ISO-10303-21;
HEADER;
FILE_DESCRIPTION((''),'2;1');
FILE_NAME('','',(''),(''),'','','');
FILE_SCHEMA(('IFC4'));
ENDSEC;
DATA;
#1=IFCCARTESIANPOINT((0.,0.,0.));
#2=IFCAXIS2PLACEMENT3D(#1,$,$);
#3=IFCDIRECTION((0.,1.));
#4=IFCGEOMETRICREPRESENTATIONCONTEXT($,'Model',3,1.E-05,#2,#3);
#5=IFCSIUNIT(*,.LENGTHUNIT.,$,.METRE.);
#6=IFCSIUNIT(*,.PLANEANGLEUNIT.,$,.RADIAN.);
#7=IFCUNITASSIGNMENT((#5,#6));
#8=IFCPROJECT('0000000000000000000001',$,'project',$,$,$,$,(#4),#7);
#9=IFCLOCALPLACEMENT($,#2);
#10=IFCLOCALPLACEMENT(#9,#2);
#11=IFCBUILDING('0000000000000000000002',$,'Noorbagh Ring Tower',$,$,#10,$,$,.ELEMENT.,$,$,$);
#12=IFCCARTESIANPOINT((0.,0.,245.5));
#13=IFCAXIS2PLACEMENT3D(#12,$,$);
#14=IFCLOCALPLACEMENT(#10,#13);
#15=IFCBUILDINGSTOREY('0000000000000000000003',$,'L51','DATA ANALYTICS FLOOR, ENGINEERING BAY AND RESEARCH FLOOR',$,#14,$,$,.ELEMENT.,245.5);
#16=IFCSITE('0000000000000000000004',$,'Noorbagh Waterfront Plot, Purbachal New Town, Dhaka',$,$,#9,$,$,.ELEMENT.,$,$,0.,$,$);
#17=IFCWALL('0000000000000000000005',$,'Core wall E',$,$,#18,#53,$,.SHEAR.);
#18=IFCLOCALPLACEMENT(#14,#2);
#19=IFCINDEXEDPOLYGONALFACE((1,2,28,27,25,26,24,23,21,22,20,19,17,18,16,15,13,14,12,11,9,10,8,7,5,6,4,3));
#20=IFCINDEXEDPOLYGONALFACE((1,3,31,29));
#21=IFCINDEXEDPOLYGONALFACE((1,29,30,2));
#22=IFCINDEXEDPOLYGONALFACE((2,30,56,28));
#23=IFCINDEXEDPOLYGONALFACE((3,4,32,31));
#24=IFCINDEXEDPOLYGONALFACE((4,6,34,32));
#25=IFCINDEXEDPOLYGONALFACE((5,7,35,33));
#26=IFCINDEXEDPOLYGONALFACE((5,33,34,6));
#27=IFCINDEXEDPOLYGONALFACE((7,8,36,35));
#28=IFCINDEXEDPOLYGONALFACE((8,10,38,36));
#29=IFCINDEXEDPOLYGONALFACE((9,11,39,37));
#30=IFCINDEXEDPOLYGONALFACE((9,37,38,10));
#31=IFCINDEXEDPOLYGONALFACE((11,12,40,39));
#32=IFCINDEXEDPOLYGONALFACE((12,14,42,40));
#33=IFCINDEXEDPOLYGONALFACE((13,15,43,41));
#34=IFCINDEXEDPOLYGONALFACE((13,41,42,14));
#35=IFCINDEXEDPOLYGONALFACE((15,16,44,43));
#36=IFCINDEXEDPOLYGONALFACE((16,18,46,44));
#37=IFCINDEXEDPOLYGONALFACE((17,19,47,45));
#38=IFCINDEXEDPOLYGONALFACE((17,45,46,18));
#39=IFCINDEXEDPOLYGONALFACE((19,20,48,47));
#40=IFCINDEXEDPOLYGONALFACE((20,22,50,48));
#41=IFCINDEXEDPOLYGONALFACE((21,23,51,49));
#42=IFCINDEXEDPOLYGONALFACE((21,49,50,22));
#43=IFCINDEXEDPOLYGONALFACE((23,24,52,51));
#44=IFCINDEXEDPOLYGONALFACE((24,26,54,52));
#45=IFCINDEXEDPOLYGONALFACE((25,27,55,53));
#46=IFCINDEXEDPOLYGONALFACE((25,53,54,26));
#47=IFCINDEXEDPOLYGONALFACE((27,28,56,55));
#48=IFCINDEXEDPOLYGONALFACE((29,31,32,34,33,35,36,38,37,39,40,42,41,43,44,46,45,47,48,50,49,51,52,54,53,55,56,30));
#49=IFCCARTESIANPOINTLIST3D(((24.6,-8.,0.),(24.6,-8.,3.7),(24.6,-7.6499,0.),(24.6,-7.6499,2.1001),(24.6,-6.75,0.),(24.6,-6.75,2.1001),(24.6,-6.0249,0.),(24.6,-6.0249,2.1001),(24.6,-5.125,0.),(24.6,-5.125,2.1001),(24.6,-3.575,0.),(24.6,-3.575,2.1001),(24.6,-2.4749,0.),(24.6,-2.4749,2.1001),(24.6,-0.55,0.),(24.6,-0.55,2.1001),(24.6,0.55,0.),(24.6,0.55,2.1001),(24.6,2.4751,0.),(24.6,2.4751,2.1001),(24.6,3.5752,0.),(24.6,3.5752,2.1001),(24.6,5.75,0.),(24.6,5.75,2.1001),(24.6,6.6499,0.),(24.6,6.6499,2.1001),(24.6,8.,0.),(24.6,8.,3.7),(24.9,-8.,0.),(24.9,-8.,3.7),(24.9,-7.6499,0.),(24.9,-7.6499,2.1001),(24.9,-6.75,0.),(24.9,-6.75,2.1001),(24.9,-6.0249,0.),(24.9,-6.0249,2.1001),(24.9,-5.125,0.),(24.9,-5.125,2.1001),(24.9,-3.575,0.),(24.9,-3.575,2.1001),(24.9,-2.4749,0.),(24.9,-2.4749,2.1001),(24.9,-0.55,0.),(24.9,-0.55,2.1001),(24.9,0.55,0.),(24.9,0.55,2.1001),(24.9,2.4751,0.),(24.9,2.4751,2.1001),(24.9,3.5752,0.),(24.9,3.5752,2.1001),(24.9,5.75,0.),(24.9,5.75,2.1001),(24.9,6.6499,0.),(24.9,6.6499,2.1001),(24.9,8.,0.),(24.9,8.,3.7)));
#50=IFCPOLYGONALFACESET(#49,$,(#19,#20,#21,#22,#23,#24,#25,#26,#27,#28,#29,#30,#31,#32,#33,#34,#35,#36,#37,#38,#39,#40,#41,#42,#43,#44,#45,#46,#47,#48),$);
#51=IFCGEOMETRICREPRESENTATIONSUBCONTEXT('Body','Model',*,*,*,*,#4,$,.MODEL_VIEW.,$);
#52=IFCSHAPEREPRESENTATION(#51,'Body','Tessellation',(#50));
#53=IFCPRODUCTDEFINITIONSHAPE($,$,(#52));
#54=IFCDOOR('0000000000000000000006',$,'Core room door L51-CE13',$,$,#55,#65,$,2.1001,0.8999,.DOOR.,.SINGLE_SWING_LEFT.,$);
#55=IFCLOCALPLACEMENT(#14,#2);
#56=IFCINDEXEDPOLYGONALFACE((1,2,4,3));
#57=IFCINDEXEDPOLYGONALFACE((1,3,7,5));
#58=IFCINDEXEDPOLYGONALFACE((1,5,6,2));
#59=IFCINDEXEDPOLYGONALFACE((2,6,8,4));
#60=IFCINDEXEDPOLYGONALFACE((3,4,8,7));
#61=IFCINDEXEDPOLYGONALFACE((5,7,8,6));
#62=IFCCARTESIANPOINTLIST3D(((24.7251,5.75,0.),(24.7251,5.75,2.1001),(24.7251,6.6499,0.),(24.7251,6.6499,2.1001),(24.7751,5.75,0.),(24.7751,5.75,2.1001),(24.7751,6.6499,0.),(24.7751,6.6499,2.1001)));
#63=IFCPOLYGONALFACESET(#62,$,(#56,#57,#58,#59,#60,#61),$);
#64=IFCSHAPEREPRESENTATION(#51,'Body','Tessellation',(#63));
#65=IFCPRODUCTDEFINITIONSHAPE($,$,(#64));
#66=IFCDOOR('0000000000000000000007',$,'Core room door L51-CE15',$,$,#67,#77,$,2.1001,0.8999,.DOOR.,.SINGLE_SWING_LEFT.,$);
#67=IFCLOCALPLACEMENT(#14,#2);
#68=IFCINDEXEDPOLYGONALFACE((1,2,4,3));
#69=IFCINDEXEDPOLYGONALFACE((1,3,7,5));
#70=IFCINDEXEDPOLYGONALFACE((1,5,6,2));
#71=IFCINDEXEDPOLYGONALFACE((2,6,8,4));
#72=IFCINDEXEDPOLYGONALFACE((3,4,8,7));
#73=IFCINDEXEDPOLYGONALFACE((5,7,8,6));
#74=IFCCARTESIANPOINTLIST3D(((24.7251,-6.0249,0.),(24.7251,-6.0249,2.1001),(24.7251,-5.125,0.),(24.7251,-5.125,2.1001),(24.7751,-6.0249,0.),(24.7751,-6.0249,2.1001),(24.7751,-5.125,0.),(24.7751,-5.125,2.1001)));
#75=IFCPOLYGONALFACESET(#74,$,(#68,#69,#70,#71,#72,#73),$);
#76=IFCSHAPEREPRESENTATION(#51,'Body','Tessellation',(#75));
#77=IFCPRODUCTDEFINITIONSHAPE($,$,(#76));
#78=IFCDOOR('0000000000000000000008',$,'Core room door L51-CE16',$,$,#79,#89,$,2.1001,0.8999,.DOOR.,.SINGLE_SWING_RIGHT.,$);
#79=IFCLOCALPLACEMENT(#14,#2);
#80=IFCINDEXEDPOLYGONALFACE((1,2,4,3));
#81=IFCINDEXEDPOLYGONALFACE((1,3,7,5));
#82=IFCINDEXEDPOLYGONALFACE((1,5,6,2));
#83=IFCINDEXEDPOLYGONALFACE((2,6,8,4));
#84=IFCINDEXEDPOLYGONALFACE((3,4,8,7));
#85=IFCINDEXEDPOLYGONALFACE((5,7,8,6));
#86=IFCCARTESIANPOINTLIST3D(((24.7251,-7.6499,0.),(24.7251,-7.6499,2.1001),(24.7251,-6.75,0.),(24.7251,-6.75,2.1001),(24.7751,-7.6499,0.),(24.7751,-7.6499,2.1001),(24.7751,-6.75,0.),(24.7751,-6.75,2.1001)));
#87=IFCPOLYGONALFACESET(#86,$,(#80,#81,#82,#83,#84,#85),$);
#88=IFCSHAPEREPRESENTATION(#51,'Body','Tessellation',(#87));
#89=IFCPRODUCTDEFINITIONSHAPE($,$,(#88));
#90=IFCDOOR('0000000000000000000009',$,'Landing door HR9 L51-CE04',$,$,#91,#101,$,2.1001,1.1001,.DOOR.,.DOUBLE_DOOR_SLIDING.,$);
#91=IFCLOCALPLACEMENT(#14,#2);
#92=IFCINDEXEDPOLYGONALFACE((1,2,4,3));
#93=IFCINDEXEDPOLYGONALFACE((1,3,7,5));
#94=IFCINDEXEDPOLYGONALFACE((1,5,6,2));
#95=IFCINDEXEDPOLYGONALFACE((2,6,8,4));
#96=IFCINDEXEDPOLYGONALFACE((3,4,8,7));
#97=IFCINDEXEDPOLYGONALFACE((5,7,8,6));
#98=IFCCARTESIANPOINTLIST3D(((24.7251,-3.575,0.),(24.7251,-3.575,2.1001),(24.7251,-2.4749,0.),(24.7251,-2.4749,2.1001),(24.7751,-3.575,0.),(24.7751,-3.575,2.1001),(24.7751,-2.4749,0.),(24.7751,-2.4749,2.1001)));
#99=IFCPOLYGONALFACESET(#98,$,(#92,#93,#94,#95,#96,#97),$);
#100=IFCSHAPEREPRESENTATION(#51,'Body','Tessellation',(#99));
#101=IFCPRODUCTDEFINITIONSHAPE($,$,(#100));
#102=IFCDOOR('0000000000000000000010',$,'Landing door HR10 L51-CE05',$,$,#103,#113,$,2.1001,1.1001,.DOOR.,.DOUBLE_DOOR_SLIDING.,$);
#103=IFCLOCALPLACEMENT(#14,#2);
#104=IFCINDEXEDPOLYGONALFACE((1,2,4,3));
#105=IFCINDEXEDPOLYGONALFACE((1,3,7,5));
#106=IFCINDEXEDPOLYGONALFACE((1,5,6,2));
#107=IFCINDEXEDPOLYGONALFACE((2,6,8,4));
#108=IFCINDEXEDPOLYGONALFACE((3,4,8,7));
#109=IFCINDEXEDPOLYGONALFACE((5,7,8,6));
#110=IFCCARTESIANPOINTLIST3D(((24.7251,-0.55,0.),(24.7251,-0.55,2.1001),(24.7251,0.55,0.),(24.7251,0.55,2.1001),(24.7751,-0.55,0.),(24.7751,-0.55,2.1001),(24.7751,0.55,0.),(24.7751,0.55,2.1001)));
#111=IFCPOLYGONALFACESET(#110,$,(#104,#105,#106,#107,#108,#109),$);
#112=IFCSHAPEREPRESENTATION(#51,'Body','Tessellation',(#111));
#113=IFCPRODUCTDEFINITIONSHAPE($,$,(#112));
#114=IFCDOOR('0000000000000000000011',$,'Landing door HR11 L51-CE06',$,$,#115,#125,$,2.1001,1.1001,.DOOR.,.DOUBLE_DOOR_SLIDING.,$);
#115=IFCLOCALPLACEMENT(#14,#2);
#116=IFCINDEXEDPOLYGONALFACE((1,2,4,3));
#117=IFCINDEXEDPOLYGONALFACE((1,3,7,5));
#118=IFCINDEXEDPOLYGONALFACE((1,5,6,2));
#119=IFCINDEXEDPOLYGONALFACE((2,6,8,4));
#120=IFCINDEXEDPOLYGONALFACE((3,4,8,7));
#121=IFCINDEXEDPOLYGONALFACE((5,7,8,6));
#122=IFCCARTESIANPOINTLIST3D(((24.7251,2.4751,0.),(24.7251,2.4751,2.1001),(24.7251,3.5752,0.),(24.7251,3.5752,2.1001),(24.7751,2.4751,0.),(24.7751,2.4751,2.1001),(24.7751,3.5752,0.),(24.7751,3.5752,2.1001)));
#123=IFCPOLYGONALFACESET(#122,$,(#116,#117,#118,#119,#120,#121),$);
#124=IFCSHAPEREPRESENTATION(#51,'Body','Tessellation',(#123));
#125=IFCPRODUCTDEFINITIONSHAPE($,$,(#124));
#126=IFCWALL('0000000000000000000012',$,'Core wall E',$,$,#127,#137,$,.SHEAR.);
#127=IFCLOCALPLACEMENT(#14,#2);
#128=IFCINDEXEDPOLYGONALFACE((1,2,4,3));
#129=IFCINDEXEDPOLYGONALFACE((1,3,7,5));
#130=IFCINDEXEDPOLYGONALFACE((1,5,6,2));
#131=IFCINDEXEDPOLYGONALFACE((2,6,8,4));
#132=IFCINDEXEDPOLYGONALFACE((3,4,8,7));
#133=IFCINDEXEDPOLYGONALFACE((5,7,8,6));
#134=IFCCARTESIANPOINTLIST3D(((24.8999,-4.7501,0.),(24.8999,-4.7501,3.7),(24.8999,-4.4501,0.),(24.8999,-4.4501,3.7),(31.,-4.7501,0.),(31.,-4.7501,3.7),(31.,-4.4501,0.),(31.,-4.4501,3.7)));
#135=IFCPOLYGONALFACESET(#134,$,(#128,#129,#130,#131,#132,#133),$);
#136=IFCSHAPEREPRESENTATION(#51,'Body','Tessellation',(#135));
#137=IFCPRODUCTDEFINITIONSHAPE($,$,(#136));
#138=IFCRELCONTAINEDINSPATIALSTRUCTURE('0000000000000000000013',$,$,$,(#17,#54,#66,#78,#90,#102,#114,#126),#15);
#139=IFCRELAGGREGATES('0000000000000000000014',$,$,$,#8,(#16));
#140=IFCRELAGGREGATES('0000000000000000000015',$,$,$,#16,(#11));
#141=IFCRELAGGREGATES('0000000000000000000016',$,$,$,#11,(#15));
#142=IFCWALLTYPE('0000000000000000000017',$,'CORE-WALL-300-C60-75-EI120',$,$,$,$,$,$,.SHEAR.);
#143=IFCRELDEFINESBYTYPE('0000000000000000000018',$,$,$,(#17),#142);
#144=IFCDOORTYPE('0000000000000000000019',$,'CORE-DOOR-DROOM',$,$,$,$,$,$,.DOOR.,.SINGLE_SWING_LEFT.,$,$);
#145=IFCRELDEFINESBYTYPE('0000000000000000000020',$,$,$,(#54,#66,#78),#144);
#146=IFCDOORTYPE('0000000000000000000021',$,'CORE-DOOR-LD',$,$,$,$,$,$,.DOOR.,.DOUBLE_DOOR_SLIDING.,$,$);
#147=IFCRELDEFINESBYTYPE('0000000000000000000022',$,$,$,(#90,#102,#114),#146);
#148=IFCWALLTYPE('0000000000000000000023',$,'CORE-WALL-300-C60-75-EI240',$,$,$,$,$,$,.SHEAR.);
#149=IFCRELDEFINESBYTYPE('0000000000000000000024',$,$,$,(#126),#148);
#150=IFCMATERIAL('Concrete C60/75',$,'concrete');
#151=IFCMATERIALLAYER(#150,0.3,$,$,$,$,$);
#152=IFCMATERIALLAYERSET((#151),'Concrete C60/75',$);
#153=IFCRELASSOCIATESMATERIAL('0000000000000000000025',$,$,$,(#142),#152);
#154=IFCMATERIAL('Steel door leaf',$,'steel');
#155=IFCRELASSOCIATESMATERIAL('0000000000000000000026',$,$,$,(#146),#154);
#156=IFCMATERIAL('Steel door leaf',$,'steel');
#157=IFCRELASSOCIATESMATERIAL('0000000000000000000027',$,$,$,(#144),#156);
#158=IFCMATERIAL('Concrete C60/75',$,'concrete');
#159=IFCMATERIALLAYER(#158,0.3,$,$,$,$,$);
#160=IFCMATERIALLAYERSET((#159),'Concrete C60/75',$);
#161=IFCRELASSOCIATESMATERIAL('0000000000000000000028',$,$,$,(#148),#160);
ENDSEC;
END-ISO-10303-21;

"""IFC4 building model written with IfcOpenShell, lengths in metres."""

from ifc_helpers import new_model, si_unit, direction, frame, frame_2d, origin, place, context, subcontext, project, spatial, rectangle, extrude, material, layer, layer_set, type_object, element, fill, save


model = new_model("IFC4")

# Units and contexts
model_context = context("Model", 3, precision=1e-05, world=origin(), true_north=direction((0.0, 1.0)))
body_context = subcontext(model_context, "Body", "Model", "MODEL_VIEW")
ifc_project = project(units=[si_unit("LENGTHUNIT", "METRE"), si_unit("PLANEANGLEUNIT", "RADIAN")], contexts=[model_context])

# Site, building, storey
site_placement = place(None, origin())
site = spatial("IfcSite", under=ifc_project, at=site_placement, Name="Noorbagh Waterfront Plot, Purbachal New Town, Dhaka", CompositionType="ELEMENT", RefElevation=0.0)
building_placement = place(site_placement, origin())
building = spatial("IfcBuilding", under=site, at=building_placement, Name="Noorbagh Ring Tower", CompositionType="ELEMENT")
storey_placement = place(building_placement, frame((0.0, 0.0, 245.5)))
storey = spatial("IfcBuildingStorey", under=building, at=storey_placement, Name="L51", Description="DATA ANALYTICS FLOOR, ENGINEERING BAY AND RESEARCH FLOOR", CompositionType="ELEMENT", Elevation=245.5)

# Shared definitions
ifc_material_1 = material(Name="Concrete C60/75", Category="concrete")
ifc_layer_1 = layer(ifc_material_1, 0.3)
ifc_layer_set_1 = layer_set([ifc_layer_1], Name="Concrete C60/75")
wall_type_1 = type_object("IfcWallType", Name="CORE-WALL-300-C60-75-EI120", PredefinedType="SHEAR", material=ifc_layer_set_1)

# Wall, openings, doors
ifc_material_2 = material(Name="Steel door leaf", Category="steel")
door_type_1 = type_object("IfcDoorType", Name="CORE-DOOR-LD", OperationType="DOUBLE_DOOR_SLIDING", PredefinedType="DOOR", material=ifc_material_2)
wall_1_placement = place(storey_placement, frame((24.75, -8.0, 0.0), z_axis=(0.0, 0.0, 1.0), x_axis=(0.0, 1.0, 0.0)))
wall_1 = element("IfcWall", 1, at=wall_1_placement, inside=storey, type_object=wall_type_1, Name="Core wall E", PredefinedType="SHEAR", context=body_context, shape_type="SweptSolid", body=[
    extrude(rectangle(XDim=16.0, YDim=0.3, at=frame_2d((8.0, 0.0))), origin(), (0.0, 0.0, 1.0), 3.7),
])
opening_1_placement = place(wall_1_placement, frame((4.425, 0.0, 0.0)))
opening_1 = element("IfcOpeningElement", 2, at=opening_1_placement, cuts=wall_1, PredefinedType="OPENING", context=body_context, shape_type="SweptSolid", body=[
    extrude(rectangle(XDim=1.1001, YDim=2.1001, at=frame_2d((0.55, 1.05))), frame((0.0, 0.1602, 0.0), z_axis=(0.0, -1.0, 0.0), x_axis=(1.0, 0.0, 0.0)), (0.0, 0.0, 1.0), 0.3201),
])
opening_2_placement = place(wall_1_placement, frame((7.45, 0.0, 0.0)))
opening_2 = element("IfcOpeningElement", 3, at=opening_2_placement, cuts=wall_1, PredefinedType="OPENING", context=body_context, shape_type="SweptSolid", body=[
    extrude(rectangle(XDim=1.1001, YDim=2.1001, at=frame_2d((0.55, 1.05))), frame((0.0, 0.1602, 0.0), z_axis=(0.0, -1.0, 0.0), x_axis=(1.0, 0.0, 0.0)), (0.0, 0.0, 1.0), 0.3201),
])
opening_3_placement = place(wall_1_placement, frame((10.4751, 0.0, 0.0)))
opening_3 = element("IfcOpeningElement", 4, at=opening_3_placement, cuts=wall_1, PredefinedType="OPENING", context=body_context, shape_type="SweptSolid", body=[
    extrude(rectangle(XDim=1.1001, YDim=2.1001, at=frame_2d((0.55, 1.05))), frame((0.0, 0.1602, 0.0), z_axis=(0.0, -1.0, 0.0), x_axis=(1.0, 0.0, 0.0)), (0.0, 0.0, 1.0), 0.3201),
])
opening_4_placement = place(wall_1_placement, frame((13.75, 0.0, 0.0)))
opening_4 = element("IfcOpeningElement", 5, at=opening_4_placement, cuts=wall_1, PredefinedType="OPENING", context=body_context, shape_type="SweptSolid", body=[
    extrude(rectangle(XDim=0.8999, YDim=2.1001, at=frame_2d((0.45, 1.05))), frame((0.0, 0.1602, 0.0), z_axis=(0.0, -1.0, 0.0), x_axis=(1.0, 0.0, 0.0)), (0.0, 0.0, 1.0), 0.3201),
])
opening_5_placement = place(wall_1_placement, frame((1.9751, 0.0, 0.0)))
opening_5 = element("IfcOpeningElement", 6, at=opening_5_placement, cuts=wall_1, PredefinedType="OPENING", context=body_context, shape_type="SweptSolid", body=[
    extrude(rectangle(XDim=0.8999, YDim=2.1001, at=frame_2d((0.45, 1.05))), frame((0.0, 0.1602, 0.0), z_axis=(0.0, -1.0, 0.0), x_axis=(1.0, 0.0, 0.0)), (0.0, 0.0, 1.0), 0.3201),
])
opening_6_placement = place(wall_1_placement, frame((0.3501, 0.0, 0.0)))
opening_6 = element("IfcOpeningElement", 7, at=opening_6_placement, cuts=wall_1, PredefinedType="OPENING", context=body_context, shape_type="SweptSolid", body=[
    extrude(rectangle(XDim=0.8999, YDim=2.1001, at=frame_2d((0.45, 1.05))), frame((0.0, 0.1602, 0.0), z_axis=(0.0, -1.0, 0.0), x_axis=(1.0, 0.0, 0.0)), (0.0, 0.0, 1.0), 0.3201),
])
ifc_material_3 = material(Name="Steel door leaf", Category="steel")
door_type_2 = type_object("IfcDoorType", Name="CORE-DOOR-DROOM", OperationType="SINGLE_SWING_LEFT", PredefinedType="DOOR", material=ifc_material_3)
door_1_placement = place(opening_4_placement, origin())
door_1 = element("IfcDoor", 8, at=door_1_placement, inside=storey, type_object=door_type_2, Name="Core room door L51-CE13", OperationType="SINGLE_SWING_LEFT", OverallHeight=2.1001, OverallWidth=0.8999, PredefinedType="DOOR", context=body_context, shape_type="SweptSolid", body=[
    extrude(rectangle(XDim=0.8999, YDim=2.1001, at=frame_2d((0.45, 1.05))), frame((0.0, 0.0249, 0.0), z_axis=(0.0, -1.0, 0.0), x_axis=(1.0, 0.0, 0.0)), (0.0, 0.0, 1.0), 0.05),
])
fill(opening_4, door_1)
door_2_placement = place(opening_5_placement, origin())
door_2 = element("IfcDoor", 9, at=door_2_placement, inside=storey, type_object=door_type_2, Name="Core room door L51-CE15", OperationType="SINGLE_SWING_LEFT", OverallHeight=2.1001, OverallWidth=0.8999, PredefinedType="DOOR", context=body_context, shape_type="SweptSolid", body=[
    extrude(rectangle(XDim=0.8999, YDim=2.1001, at=frame_2d((0.45, 1.05))), frame((0.0, 0.0249, 0.0), z_axis=(0.0, -1.0, 0.0), x_axis=(1.0, 0.0, 0.0)), (0.0, 0.0, 1.0), 0.05),
])
fill(opening_5, door_2)
door_3_placement = place(opening_6_placement, origin())
door_3 = element("IfcDoor", 10, at=door_3_placement, inside=storey, type_object=door_type_2, Name="Core room door L51-CE16", OperationType="SINGLE_SWING_RIGHT", OverallHeight=2.1001, OverallWidth=0.8999, PredefinedType="DOOR", context=body_context, shape_type="SweptSolid", body=[
    extrude(rectangle(XDim=0.8999, YDim=2.1001, at=frame_2d((0.45, 1.05))), frame((0.0, 0.0249, 0.0), z_axis=(0.0, -1.0, 0.0), x_axis=(1.0, 0.0, 0.0)), (0.0, 0.0, 1.0), 0.05),
])
fill(opening_6, door_3)
door_4_placement = place(opening_1_placement, origin())
door_4 = element("IfcDoor", 11, at=door_4_placement, inside=storey, type_object=door_type_1, Name="Landing door HR9 L51-CE04", OperationType="DOUBLE_DOOR_SLIDING", OverallHeight=2.1001, OverallWidth=1.1001, PredefinedType="DOOR", context=body_context, shape_type="SweptSolid", body=[
    extrude(rectangle(XDim=1.1001, YDim=2.1001, at=frame_2d((0.55, 1.05))), frame((0.0, 0.0249, 0.0), z_axis=(0.0, -1.0, 0.0), x_axis=(1.0, 0.0, 0.0)), (0.0, 0.0, 1.0), 0.05),
])
fill(opening_1, door_4)
door_5_placement = place(opening_2_placement, origin())
door_5 = element("IfcDoor", 12, at=door_5_placement, inside=storey, type_object=door_type_1, Name="Landing door HR10 L51-CE05", OperationType="DOUBLE_DOOR_SLIDING", OverallHeight=2.1001, OverallWidth=1.1001, PredefinedType="DOOR", context=body_context, shape_type="SweptSolid", body=[
    extrude(rectangle(XDim=1.1001, YDim=2.1001, at=frame_2d((0.55, 1.05))), frame((0.0, 0.0249, 0.0), z_axis=(0.0, -1.0, 0.0), x_axis=(1.0, 0.0, 0.0)), (0.0, 0.0, 1.0), 0.05),
])
fill(opening_2, door_5)
door_6_placement = place(opening_3_placement, origin())
door_6 = element("IfcDoor", 13, at=door_6_placement, inside=storey, type_object=door_type_1, Name="Landing door HR11 L51-CE06", OperationType="DOUBLE_DOOR_SLIDING", OverallHeight=2.1001, OverallWidth=1.1001, PredefinedType="DOOR", context=body_context, shape_type="SweptSolid", body=[
    extrude(rectangle(XDim=1.1001, YDim=2.1001, at=frame_2d((0.55, 1.05))), frame((0.0, 0.0249, 0.0), z_axis=(0.0, -1.0, 0.0), x_axis=(1.0, 0.0, 0.0)), (0.0, 0.0, 1.0), 0.05),
])
fill(opening_3, door_6)

# Wall
ifc_material_4 = material(Name="Concrete C60/75", Category="concrete")
ifc_layer_2 = layer(ifc_material_4, 0.3)
ifc_layer_set_2 = layer_set([ifc_layer_2], Name="Concrete C60/75")
wall_type_2 = type_object("IfcWallType", Name="CORE-WALL-300-C60-75-EI240", PredefinedType="SHEAR", material=ifc_layer_set_2)
wall_2_placement = place(storey_placement, frame((24.8999, -4.6001, 0.0), z_axis=(0.0, 0.0, 1.0), x_axis=(1.0, 0.0, 0.0)))
element("IfcWall", 14, at=wall_2_placement, inside=storey, type_object=wall_type_2, Name="Core wall E", PredefinedType="SHEAR", context=body_context, shape_type="SweptSolid", body=[
    extrude(rectangle(XDim=6.1001, YDim=0.3, at=frame_2d((3.05, 0.0))), origin(), (0.0, 0.0, 1.0), 3.7),
])

save(model, "model.ifc")
